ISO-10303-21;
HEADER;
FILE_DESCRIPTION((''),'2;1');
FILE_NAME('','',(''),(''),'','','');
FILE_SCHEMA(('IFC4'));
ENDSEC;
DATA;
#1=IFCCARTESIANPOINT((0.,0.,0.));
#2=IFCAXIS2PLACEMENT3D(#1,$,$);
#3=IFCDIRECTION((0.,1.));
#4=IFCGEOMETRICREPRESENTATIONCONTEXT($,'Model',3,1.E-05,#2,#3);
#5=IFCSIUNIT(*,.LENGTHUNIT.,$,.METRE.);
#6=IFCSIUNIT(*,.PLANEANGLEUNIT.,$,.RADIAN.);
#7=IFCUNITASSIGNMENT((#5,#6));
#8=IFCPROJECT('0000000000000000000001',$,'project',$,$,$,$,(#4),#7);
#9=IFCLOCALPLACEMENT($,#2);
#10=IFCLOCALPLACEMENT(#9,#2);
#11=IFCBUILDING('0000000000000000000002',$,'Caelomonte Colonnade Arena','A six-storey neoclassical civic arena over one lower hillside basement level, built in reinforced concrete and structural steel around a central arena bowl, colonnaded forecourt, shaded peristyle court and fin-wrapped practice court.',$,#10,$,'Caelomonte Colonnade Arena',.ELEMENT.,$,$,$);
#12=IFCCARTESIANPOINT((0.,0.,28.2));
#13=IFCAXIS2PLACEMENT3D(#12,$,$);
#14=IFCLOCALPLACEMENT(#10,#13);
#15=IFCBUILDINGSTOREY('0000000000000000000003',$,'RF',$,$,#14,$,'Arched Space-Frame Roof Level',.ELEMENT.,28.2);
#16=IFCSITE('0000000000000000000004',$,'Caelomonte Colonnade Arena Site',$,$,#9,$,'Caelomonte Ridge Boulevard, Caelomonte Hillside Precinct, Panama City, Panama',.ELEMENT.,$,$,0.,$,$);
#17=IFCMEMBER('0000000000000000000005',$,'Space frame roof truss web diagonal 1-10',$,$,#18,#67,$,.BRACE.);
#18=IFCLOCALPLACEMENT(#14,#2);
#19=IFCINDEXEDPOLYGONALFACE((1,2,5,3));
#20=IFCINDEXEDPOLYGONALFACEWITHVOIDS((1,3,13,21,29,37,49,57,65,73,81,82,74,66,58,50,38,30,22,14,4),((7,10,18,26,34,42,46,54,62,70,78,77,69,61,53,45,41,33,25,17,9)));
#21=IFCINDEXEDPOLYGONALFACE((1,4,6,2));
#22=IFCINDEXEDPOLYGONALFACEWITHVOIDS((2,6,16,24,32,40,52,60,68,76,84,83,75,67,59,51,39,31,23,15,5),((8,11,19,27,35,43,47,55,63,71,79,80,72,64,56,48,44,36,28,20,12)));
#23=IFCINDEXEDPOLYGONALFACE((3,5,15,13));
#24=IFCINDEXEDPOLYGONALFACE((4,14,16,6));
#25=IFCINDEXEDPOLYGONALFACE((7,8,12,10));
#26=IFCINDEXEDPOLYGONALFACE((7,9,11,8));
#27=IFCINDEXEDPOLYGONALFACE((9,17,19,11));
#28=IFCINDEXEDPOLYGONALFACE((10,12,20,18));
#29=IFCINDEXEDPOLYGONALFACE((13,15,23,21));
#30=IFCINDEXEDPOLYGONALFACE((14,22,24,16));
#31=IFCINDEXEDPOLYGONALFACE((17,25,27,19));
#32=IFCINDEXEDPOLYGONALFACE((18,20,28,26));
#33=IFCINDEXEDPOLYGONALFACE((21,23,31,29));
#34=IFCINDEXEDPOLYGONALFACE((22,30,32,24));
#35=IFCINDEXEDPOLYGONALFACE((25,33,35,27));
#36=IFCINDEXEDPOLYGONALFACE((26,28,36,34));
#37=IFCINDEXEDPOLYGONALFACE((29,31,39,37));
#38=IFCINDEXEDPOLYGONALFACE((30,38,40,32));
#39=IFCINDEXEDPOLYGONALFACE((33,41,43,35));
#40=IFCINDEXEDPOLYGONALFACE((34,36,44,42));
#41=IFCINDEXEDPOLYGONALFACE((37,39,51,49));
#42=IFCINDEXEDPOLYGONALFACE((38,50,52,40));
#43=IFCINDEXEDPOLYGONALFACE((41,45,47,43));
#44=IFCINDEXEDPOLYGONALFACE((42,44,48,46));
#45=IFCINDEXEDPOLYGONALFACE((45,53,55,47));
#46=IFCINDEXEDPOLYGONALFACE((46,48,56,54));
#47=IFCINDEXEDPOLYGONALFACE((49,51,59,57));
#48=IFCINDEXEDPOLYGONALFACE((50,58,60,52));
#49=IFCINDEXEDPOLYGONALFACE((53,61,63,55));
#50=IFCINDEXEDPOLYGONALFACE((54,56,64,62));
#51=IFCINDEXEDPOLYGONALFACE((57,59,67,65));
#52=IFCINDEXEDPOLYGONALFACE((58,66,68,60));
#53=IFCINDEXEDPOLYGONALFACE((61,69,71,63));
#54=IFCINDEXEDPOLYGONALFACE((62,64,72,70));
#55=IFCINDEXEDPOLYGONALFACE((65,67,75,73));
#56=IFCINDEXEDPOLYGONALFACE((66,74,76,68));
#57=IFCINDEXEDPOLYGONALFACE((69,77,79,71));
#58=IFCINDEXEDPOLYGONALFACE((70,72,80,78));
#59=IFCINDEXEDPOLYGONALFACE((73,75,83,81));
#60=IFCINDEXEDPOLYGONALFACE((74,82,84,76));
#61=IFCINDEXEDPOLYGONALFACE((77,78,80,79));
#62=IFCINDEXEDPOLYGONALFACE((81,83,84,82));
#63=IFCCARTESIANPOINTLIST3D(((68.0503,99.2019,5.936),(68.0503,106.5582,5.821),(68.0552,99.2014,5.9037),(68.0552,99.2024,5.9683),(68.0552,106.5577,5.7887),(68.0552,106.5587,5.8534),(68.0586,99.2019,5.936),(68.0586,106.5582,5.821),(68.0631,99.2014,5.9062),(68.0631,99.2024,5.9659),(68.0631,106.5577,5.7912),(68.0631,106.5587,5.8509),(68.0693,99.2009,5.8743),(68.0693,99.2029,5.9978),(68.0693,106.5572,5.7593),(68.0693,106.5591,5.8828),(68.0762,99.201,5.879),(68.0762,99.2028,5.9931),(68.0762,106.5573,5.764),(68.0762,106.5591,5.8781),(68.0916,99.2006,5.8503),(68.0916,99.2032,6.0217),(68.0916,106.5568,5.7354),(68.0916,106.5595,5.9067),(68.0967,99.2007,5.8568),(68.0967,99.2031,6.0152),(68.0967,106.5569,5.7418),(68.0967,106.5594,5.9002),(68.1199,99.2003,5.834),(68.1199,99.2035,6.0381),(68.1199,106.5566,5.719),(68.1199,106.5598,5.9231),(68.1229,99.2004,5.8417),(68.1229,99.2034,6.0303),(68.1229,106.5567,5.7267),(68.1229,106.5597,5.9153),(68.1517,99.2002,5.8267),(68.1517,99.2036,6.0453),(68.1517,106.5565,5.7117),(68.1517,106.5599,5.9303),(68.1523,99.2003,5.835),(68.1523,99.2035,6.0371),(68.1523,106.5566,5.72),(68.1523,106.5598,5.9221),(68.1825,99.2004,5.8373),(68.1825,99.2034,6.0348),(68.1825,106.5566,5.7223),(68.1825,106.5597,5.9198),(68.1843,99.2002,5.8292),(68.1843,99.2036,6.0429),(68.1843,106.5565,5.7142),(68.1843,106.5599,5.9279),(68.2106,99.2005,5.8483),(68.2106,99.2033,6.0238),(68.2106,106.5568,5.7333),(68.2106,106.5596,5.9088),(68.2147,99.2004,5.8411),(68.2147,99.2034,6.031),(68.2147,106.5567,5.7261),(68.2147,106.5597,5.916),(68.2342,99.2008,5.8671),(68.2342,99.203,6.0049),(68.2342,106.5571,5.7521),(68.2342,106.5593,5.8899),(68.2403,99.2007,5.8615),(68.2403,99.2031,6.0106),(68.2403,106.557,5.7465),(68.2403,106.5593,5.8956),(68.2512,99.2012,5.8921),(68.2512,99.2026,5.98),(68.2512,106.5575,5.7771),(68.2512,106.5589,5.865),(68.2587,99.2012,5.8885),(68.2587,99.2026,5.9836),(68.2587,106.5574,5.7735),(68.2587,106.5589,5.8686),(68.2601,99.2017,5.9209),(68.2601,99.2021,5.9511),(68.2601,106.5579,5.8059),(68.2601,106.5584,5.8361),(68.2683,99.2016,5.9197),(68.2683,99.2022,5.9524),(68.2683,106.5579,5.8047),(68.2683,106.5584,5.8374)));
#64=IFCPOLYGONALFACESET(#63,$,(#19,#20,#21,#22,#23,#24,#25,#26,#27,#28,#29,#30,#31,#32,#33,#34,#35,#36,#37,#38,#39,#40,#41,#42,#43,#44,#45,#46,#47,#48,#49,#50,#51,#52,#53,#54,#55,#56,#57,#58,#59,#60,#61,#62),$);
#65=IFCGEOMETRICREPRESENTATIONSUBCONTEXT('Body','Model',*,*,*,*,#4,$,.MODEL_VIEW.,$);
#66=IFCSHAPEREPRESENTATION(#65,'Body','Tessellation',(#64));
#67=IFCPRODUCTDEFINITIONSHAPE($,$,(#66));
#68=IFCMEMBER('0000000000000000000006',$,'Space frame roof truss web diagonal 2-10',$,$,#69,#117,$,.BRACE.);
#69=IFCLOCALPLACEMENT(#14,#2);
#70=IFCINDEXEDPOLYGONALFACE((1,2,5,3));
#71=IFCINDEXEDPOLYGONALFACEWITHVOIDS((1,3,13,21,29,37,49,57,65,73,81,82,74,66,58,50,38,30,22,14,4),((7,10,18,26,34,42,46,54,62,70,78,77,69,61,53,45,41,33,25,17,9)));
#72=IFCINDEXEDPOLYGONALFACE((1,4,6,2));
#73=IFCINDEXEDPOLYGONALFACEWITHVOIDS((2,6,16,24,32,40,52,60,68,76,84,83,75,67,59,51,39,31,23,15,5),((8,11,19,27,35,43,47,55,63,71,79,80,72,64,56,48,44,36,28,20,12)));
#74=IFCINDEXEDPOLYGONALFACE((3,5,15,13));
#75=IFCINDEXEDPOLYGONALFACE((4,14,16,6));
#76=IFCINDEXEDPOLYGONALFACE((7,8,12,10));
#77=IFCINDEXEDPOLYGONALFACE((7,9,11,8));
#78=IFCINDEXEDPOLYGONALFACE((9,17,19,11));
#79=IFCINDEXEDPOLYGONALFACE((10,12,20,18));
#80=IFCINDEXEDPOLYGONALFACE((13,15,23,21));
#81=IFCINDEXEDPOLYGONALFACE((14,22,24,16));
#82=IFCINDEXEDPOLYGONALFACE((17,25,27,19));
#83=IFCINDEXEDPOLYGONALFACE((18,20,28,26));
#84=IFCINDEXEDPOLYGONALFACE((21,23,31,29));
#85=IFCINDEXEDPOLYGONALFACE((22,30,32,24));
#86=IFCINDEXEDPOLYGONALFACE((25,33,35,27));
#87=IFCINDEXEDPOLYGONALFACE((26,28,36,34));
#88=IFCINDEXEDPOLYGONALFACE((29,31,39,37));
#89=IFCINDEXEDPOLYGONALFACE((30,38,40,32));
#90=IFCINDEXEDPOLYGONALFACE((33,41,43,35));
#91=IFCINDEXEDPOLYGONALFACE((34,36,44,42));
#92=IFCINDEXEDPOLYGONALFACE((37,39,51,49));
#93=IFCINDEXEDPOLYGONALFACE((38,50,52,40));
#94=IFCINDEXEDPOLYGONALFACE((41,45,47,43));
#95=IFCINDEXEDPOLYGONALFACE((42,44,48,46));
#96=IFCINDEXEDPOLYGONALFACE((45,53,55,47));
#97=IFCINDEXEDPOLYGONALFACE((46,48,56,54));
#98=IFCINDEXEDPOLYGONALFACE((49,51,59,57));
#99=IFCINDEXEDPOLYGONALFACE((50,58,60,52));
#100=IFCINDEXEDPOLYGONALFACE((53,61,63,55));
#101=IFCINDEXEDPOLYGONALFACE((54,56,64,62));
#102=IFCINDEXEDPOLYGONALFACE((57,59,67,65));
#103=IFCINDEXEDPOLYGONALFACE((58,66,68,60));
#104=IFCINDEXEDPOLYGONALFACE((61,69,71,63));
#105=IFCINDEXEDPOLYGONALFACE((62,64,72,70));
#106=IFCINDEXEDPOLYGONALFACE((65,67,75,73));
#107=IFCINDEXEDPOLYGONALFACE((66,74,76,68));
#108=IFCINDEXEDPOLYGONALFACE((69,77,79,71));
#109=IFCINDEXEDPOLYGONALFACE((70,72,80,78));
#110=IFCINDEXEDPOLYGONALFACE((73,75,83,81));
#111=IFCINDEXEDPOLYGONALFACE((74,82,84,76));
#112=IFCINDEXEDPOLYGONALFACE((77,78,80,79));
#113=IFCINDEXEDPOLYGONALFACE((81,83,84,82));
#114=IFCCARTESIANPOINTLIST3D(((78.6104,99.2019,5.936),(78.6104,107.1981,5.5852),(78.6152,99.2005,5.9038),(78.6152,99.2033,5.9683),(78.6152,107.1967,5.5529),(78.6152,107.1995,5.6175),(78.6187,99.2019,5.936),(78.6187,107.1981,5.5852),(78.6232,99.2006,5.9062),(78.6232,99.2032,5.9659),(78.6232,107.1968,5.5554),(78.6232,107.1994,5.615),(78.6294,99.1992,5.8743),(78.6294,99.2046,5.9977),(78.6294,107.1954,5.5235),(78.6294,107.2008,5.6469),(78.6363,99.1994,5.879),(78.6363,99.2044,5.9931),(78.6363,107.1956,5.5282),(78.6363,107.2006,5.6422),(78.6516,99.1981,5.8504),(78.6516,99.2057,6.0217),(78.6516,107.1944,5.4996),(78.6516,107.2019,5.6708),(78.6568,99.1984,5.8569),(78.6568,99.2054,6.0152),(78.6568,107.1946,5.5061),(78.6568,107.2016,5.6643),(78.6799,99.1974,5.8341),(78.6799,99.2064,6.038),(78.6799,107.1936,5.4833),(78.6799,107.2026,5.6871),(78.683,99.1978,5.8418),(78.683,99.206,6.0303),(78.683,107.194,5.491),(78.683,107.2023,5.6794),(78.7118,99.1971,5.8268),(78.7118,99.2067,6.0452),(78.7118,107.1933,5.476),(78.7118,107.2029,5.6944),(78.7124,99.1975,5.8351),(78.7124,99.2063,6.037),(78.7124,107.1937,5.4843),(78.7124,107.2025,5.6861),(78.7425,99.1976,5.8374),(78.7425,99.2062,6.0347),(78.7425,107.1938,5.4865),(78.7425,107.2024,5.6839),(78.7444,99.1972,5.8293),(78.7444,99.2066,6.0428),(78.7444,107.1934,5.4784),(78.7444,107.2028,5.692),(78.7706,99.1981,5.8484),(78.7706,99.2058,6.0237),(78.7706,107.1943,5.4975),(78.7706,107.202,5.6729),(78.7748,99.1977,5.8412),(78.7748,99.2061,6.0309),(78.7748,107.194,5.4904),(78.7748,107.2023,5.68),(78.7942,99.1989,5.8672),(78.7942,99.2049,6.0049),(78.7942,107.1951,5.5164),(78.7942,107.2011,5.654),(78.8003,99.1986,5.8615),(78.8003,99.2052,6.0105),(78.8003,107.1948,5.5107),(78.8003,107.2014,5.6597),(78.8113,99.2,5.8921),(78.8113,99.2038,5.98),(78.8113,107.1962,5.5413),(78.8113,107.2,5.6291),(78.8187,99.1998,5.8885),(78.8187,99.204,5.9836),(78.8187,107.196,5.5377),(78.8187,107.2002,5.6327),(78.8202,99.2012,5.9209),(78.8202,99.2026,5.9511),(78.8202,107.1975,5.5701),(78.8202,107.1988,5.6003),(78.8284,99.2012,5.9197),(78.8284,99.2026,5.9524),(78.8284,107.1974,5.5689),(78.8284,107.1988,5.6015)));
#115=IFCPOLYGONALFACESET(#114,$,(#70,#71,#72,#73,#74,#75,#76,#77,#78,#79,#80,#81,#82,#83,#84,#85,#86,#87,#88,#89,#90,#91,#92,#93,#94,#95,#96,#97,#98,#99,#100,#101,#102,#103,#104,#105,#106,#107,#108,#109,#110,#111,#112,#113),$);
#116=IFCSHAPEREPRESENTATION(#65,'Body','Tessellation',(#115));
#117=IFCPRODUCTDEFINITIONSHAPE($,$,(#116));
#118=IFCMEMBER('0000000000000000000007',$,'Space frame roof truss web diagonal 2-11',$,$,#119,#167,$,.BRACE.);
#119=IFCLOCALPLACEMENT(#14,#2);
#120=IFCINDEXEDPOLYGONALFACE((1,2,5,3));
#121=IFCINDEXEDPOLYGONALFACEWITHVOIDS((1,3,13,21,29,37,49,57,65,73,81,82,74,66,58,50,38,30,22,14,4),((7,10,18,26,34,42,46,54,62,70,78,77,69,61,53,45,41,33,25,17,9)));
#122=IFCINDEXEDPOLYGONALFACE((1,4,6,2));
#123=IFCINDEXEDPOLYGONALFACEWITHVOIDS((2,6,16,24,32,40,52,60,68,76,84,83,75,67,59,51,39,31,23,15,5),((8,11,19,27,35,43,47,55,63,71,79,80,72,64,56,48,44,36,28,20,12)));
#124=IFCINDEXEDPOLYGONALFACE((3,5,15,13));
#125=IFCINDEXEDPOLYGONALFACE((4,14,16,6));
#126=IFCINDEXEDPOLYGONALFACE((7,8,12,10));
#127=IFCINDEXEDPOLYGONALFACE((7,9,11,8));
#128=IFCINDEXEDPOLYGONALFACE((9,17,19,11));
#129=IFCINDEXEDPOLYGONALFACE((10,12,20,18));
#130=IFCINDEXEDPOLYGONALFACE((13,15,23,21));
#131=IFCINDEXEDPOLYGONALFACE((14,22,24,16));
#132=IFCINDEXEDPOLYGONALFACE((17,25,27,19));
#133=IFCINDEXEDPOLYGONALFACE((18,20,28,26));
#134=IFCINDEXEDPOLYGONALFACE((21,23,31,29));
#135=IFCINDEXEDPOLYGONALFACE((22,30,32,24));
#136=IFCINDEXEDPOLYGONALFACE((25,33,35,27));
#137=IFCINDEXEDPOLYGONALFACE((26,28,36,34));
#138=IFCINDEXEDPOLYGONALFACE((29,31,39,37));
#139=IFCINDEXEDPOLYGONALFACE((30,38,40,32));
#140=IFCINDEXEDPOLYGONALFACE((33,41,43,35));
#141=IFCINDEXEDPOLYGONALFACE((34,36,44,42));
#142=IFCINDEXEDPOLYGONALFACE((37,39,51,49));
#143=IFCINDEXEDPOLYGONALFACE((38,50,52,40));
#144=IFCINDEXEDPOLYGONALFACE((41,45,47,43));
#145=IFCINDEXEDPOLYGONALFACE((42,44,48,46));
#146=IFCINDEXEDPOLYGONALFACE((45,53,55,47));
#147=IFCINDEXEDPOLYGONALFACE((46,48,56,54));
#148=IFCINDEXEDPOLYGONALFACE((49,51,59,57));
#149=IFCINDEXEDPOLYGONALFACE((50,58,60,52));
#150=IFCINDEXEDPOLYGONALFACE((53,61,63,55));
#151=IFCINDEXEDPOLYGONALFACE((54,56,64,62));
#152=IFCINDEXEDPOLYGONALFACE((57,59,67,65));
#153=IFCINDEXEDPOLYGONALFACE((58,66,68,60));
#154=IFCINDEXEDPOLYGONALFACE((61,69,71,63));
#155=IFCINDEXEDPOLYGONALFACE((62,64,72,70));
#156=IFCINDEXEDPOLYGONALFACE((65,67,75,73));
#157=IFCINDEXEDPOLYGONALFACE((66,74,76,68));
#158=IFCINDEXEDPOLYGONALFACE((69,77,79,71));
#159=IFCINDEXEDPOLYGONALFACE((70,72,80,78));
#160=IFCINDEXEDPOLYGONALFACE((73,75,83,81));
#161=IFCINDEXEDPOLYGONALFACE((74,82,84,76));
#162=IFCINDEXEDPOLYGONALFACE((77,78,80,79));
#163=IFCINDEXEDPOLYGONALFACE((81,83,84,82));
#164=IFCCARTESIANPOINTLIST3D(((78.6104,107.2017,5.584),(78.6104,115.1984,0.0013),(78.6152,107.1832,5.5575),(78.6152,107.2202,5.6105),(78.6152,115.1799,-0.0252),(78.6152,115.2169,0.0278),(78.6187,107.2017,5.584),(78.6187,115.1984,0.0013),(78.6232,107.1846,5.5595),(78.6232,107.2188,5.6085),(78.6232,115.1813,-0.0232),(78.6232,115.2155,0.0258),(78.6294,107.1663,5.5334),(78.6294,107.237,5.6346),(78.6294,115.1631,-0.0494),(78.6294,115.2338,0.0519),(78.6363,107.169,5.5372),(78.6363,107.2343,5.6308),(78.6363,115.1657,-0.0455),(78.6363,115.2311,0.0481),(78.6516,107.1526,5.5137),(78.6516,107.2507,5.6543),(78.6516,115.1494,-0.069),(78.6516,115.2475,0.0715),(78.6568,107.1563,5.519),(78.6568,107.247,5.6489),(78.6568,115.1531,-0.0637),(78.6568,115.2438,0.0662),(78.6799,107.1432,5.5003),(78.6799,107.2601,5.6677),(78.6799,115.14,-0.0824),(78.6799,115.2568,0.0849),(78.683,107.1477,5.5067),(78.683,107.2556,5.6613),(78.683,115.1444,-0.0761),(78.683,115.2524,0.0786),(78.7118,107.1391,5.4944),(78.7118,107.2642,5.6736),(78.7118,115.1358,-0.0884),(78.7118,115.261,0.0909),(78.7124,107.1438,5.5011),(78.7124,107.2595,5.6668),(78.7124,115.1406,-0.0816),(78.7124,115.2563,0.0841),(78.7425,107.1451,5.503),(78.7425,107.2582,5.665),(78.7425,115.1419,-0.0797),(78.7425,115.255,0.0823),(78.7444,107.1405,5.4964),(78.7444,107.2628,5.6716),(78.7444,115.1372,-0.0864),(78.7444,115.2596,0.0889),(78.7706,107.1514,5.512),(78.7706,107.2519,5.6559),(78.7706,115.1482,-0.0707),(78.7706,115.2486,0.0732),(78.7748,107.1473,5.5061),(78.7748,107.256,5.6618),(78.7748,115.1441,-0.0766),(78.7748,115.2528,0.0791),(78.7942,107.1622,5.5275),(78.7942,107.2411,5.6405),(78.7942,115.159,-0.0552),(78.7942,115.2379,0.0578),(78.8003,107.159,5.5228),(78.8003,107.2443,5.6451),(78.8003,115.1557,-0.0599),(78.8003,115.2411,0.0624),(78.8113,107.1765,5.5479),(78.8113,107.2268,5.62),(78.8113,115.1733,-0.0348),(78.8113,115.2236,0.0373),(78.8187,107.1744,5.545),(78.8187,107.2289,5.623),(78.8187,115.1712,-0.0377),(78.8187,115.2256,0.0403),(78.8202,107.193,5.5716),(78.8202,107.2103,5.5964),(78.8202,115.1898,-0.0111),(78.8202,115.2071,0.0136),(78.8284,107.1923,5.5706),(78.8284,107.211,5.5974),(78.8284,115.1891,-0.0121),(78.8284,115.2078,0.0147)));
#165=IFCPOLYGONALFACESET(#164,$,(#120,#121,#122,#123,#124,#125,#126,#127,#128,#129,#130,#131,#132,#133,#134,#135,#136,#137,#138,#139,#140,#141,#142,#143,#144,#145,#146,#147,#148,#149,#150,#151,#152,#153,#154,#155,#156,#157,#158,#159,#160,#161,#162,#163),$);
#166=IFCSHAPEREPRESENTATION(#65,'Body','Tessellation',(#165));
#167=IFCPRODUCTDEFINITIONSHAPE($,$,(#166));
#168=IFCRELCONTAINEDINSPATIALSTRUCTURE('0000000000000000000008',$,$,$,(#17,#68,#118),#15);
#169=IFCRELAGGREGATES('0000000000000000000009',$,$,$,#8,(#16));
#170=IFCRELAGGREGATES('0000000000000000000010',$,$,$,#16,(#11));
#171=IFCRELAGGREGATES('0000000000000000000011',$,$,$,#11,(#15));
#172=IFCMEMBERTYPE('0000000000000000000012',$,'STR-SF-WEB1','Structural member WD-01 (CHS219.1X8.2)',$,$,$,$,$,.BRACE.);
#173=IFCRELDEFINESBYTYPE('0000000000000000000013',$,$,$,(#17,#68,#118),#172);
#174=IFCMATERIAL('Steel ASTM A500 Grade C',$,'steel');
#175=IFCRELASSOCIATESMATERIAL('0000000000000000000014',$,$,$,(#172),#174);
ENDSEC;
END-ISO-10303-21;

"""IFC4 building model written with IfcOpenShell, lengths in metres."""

from ifc_helpers import new_model, si_unit, direction, frame, origin, origin_2d, place, context, subcontext, project, spatial, hollow_circle, extrude, material, material_profile, profile_set, type_object, element, save


model = new_model("IFC4")

# Units and contexts
model_context = context("Model", 3, precision=1e-05, world=origin(), true_north=direction((0.0, 1.0)))
body_context = subcontext(model_context, "Body", "Model", "MODEL_VIEW")
ifc_project = project(units=[si_unit("LENGTHUNIT", "METRE"), si_unit("PLANEANGLEUNIT", "RADIAN")], contexts=[model_context])

# Site, building, storey
site_placement = place(None, origin())
site = spatial("IfcSite", under=ifc_project, at=site_placement, Name="Caelomonte Colonnade Arena Site", LongName="Caelomonte Ridge Boulevard, Caelomonte Hillside Precinct, Panama City, Panama", CompositionType="ELEMENT", RefElevation=0.0)
building_placement = place(site_placement, origin())
building = spatial("IfcBuilding", under=site, at=building_placement, Name="Caelomonte Colonnade Arena", Description="A six-storey neoclassical civic arena over one lower hillside basement level, built in reinforced concrete and structural steel around a central arena bowl, colonnaded forecourt, shaded peristyle court and fin-wrapped practice court.", LongName="Caelomonte Colonnade Arena", CompositionType="ELEMENT")
storey_placement = place(building_placement, frame((0.0, 0.0, 28.2)))
storey = spatial("IfcBuildingStorey", under=building, at=storey_placement, Name="RF", LongName="Arched Space-Frame Roof Level", CompositionType="ELEMENT", Elevation=28.2)

# Members
ifc_material_1 = material(Name="Steel ASTM A500 Grade C", Category="steel")
ifc_material_profile_1 = material_profile(ifc_material_1, hollow_circle(Radius=0.1096, WallThickness=0.0083, at=origin_2d()), Name="CHS219.1X8.2")
ifc_profile_set_1 = profile_set([ifc_material_profile_1], Name="Steel ASTM A500 Grade C")
member_type_1 = type_object("IfcMemberType", Name="STR-SF-WEB1", Description="Structural member WD-01 (CHS219.1X8.2)", PredefinedType="BRACE", material=ifc_profile_set_1)
member_1_placement = place(storey_placement, frame((68.1599, 99.2019, 5.936), z_axis=(0.0, 0.999878, -0.01563), x_axis=(-1.0, 0.0, 0.0)))
element("IfcMember", 1, at=member_1_placement, inside=storey, type_object=member_type_1, Name="Space frame roof truss web diagonal 1-10", PredefinedType="BRACE", context=body_context, shape_type="SweptSolid", body=[
    extrude(hollow_circle(Radius=0.1096, WallThickness=0.0083, at=origin_2d()), origin(), (0.0, 0.0, 1.0), 7.3572),
])
member_2_placement = place(storey_placement, frame((78.72, 99.2019, 5.936), z_axis=(0.0, 0.999039, -0.043833), x_axis=(-1.0, 0.0, 0.0)))
element("IfcMember", 2, at=member_2_placement, inside=storey, type_object=member_type_1, Name="Space frame roof truss web diagonal 2-10", PredefinedType="BRACE", context=body_context, shape_type="SweptSolid", body=[
    extrude(hollow_circle(Radius=0.1096, WallThickness=0.0083, at=origin_2d()), origin(), (0.0, 0.0, 1.0), 8.0039),
])
member_3_placement = place(storey_placement, frame((78.72, 107.2017, 5.584), z_axis=(0.0, 0.819955, -0.572429), x_axis=(-1.0, 0.0, 0.0)))
element("IfcMember", 3, at=member_3_placement, inside=storey, type_object=member_type_1, Name="Space frame roof truss web diagonal 2-11", PredefinedType="BRACE", context=body_context, shape_type="SweptSolid", body=[
    extrude(hollow_circle(Radius=0.1096, WallThickness=0.0083, at=origin_2d()), origin(), (0.0, 0.0, 1.0), 9.7527),
])

save(model, "model.ifc")
